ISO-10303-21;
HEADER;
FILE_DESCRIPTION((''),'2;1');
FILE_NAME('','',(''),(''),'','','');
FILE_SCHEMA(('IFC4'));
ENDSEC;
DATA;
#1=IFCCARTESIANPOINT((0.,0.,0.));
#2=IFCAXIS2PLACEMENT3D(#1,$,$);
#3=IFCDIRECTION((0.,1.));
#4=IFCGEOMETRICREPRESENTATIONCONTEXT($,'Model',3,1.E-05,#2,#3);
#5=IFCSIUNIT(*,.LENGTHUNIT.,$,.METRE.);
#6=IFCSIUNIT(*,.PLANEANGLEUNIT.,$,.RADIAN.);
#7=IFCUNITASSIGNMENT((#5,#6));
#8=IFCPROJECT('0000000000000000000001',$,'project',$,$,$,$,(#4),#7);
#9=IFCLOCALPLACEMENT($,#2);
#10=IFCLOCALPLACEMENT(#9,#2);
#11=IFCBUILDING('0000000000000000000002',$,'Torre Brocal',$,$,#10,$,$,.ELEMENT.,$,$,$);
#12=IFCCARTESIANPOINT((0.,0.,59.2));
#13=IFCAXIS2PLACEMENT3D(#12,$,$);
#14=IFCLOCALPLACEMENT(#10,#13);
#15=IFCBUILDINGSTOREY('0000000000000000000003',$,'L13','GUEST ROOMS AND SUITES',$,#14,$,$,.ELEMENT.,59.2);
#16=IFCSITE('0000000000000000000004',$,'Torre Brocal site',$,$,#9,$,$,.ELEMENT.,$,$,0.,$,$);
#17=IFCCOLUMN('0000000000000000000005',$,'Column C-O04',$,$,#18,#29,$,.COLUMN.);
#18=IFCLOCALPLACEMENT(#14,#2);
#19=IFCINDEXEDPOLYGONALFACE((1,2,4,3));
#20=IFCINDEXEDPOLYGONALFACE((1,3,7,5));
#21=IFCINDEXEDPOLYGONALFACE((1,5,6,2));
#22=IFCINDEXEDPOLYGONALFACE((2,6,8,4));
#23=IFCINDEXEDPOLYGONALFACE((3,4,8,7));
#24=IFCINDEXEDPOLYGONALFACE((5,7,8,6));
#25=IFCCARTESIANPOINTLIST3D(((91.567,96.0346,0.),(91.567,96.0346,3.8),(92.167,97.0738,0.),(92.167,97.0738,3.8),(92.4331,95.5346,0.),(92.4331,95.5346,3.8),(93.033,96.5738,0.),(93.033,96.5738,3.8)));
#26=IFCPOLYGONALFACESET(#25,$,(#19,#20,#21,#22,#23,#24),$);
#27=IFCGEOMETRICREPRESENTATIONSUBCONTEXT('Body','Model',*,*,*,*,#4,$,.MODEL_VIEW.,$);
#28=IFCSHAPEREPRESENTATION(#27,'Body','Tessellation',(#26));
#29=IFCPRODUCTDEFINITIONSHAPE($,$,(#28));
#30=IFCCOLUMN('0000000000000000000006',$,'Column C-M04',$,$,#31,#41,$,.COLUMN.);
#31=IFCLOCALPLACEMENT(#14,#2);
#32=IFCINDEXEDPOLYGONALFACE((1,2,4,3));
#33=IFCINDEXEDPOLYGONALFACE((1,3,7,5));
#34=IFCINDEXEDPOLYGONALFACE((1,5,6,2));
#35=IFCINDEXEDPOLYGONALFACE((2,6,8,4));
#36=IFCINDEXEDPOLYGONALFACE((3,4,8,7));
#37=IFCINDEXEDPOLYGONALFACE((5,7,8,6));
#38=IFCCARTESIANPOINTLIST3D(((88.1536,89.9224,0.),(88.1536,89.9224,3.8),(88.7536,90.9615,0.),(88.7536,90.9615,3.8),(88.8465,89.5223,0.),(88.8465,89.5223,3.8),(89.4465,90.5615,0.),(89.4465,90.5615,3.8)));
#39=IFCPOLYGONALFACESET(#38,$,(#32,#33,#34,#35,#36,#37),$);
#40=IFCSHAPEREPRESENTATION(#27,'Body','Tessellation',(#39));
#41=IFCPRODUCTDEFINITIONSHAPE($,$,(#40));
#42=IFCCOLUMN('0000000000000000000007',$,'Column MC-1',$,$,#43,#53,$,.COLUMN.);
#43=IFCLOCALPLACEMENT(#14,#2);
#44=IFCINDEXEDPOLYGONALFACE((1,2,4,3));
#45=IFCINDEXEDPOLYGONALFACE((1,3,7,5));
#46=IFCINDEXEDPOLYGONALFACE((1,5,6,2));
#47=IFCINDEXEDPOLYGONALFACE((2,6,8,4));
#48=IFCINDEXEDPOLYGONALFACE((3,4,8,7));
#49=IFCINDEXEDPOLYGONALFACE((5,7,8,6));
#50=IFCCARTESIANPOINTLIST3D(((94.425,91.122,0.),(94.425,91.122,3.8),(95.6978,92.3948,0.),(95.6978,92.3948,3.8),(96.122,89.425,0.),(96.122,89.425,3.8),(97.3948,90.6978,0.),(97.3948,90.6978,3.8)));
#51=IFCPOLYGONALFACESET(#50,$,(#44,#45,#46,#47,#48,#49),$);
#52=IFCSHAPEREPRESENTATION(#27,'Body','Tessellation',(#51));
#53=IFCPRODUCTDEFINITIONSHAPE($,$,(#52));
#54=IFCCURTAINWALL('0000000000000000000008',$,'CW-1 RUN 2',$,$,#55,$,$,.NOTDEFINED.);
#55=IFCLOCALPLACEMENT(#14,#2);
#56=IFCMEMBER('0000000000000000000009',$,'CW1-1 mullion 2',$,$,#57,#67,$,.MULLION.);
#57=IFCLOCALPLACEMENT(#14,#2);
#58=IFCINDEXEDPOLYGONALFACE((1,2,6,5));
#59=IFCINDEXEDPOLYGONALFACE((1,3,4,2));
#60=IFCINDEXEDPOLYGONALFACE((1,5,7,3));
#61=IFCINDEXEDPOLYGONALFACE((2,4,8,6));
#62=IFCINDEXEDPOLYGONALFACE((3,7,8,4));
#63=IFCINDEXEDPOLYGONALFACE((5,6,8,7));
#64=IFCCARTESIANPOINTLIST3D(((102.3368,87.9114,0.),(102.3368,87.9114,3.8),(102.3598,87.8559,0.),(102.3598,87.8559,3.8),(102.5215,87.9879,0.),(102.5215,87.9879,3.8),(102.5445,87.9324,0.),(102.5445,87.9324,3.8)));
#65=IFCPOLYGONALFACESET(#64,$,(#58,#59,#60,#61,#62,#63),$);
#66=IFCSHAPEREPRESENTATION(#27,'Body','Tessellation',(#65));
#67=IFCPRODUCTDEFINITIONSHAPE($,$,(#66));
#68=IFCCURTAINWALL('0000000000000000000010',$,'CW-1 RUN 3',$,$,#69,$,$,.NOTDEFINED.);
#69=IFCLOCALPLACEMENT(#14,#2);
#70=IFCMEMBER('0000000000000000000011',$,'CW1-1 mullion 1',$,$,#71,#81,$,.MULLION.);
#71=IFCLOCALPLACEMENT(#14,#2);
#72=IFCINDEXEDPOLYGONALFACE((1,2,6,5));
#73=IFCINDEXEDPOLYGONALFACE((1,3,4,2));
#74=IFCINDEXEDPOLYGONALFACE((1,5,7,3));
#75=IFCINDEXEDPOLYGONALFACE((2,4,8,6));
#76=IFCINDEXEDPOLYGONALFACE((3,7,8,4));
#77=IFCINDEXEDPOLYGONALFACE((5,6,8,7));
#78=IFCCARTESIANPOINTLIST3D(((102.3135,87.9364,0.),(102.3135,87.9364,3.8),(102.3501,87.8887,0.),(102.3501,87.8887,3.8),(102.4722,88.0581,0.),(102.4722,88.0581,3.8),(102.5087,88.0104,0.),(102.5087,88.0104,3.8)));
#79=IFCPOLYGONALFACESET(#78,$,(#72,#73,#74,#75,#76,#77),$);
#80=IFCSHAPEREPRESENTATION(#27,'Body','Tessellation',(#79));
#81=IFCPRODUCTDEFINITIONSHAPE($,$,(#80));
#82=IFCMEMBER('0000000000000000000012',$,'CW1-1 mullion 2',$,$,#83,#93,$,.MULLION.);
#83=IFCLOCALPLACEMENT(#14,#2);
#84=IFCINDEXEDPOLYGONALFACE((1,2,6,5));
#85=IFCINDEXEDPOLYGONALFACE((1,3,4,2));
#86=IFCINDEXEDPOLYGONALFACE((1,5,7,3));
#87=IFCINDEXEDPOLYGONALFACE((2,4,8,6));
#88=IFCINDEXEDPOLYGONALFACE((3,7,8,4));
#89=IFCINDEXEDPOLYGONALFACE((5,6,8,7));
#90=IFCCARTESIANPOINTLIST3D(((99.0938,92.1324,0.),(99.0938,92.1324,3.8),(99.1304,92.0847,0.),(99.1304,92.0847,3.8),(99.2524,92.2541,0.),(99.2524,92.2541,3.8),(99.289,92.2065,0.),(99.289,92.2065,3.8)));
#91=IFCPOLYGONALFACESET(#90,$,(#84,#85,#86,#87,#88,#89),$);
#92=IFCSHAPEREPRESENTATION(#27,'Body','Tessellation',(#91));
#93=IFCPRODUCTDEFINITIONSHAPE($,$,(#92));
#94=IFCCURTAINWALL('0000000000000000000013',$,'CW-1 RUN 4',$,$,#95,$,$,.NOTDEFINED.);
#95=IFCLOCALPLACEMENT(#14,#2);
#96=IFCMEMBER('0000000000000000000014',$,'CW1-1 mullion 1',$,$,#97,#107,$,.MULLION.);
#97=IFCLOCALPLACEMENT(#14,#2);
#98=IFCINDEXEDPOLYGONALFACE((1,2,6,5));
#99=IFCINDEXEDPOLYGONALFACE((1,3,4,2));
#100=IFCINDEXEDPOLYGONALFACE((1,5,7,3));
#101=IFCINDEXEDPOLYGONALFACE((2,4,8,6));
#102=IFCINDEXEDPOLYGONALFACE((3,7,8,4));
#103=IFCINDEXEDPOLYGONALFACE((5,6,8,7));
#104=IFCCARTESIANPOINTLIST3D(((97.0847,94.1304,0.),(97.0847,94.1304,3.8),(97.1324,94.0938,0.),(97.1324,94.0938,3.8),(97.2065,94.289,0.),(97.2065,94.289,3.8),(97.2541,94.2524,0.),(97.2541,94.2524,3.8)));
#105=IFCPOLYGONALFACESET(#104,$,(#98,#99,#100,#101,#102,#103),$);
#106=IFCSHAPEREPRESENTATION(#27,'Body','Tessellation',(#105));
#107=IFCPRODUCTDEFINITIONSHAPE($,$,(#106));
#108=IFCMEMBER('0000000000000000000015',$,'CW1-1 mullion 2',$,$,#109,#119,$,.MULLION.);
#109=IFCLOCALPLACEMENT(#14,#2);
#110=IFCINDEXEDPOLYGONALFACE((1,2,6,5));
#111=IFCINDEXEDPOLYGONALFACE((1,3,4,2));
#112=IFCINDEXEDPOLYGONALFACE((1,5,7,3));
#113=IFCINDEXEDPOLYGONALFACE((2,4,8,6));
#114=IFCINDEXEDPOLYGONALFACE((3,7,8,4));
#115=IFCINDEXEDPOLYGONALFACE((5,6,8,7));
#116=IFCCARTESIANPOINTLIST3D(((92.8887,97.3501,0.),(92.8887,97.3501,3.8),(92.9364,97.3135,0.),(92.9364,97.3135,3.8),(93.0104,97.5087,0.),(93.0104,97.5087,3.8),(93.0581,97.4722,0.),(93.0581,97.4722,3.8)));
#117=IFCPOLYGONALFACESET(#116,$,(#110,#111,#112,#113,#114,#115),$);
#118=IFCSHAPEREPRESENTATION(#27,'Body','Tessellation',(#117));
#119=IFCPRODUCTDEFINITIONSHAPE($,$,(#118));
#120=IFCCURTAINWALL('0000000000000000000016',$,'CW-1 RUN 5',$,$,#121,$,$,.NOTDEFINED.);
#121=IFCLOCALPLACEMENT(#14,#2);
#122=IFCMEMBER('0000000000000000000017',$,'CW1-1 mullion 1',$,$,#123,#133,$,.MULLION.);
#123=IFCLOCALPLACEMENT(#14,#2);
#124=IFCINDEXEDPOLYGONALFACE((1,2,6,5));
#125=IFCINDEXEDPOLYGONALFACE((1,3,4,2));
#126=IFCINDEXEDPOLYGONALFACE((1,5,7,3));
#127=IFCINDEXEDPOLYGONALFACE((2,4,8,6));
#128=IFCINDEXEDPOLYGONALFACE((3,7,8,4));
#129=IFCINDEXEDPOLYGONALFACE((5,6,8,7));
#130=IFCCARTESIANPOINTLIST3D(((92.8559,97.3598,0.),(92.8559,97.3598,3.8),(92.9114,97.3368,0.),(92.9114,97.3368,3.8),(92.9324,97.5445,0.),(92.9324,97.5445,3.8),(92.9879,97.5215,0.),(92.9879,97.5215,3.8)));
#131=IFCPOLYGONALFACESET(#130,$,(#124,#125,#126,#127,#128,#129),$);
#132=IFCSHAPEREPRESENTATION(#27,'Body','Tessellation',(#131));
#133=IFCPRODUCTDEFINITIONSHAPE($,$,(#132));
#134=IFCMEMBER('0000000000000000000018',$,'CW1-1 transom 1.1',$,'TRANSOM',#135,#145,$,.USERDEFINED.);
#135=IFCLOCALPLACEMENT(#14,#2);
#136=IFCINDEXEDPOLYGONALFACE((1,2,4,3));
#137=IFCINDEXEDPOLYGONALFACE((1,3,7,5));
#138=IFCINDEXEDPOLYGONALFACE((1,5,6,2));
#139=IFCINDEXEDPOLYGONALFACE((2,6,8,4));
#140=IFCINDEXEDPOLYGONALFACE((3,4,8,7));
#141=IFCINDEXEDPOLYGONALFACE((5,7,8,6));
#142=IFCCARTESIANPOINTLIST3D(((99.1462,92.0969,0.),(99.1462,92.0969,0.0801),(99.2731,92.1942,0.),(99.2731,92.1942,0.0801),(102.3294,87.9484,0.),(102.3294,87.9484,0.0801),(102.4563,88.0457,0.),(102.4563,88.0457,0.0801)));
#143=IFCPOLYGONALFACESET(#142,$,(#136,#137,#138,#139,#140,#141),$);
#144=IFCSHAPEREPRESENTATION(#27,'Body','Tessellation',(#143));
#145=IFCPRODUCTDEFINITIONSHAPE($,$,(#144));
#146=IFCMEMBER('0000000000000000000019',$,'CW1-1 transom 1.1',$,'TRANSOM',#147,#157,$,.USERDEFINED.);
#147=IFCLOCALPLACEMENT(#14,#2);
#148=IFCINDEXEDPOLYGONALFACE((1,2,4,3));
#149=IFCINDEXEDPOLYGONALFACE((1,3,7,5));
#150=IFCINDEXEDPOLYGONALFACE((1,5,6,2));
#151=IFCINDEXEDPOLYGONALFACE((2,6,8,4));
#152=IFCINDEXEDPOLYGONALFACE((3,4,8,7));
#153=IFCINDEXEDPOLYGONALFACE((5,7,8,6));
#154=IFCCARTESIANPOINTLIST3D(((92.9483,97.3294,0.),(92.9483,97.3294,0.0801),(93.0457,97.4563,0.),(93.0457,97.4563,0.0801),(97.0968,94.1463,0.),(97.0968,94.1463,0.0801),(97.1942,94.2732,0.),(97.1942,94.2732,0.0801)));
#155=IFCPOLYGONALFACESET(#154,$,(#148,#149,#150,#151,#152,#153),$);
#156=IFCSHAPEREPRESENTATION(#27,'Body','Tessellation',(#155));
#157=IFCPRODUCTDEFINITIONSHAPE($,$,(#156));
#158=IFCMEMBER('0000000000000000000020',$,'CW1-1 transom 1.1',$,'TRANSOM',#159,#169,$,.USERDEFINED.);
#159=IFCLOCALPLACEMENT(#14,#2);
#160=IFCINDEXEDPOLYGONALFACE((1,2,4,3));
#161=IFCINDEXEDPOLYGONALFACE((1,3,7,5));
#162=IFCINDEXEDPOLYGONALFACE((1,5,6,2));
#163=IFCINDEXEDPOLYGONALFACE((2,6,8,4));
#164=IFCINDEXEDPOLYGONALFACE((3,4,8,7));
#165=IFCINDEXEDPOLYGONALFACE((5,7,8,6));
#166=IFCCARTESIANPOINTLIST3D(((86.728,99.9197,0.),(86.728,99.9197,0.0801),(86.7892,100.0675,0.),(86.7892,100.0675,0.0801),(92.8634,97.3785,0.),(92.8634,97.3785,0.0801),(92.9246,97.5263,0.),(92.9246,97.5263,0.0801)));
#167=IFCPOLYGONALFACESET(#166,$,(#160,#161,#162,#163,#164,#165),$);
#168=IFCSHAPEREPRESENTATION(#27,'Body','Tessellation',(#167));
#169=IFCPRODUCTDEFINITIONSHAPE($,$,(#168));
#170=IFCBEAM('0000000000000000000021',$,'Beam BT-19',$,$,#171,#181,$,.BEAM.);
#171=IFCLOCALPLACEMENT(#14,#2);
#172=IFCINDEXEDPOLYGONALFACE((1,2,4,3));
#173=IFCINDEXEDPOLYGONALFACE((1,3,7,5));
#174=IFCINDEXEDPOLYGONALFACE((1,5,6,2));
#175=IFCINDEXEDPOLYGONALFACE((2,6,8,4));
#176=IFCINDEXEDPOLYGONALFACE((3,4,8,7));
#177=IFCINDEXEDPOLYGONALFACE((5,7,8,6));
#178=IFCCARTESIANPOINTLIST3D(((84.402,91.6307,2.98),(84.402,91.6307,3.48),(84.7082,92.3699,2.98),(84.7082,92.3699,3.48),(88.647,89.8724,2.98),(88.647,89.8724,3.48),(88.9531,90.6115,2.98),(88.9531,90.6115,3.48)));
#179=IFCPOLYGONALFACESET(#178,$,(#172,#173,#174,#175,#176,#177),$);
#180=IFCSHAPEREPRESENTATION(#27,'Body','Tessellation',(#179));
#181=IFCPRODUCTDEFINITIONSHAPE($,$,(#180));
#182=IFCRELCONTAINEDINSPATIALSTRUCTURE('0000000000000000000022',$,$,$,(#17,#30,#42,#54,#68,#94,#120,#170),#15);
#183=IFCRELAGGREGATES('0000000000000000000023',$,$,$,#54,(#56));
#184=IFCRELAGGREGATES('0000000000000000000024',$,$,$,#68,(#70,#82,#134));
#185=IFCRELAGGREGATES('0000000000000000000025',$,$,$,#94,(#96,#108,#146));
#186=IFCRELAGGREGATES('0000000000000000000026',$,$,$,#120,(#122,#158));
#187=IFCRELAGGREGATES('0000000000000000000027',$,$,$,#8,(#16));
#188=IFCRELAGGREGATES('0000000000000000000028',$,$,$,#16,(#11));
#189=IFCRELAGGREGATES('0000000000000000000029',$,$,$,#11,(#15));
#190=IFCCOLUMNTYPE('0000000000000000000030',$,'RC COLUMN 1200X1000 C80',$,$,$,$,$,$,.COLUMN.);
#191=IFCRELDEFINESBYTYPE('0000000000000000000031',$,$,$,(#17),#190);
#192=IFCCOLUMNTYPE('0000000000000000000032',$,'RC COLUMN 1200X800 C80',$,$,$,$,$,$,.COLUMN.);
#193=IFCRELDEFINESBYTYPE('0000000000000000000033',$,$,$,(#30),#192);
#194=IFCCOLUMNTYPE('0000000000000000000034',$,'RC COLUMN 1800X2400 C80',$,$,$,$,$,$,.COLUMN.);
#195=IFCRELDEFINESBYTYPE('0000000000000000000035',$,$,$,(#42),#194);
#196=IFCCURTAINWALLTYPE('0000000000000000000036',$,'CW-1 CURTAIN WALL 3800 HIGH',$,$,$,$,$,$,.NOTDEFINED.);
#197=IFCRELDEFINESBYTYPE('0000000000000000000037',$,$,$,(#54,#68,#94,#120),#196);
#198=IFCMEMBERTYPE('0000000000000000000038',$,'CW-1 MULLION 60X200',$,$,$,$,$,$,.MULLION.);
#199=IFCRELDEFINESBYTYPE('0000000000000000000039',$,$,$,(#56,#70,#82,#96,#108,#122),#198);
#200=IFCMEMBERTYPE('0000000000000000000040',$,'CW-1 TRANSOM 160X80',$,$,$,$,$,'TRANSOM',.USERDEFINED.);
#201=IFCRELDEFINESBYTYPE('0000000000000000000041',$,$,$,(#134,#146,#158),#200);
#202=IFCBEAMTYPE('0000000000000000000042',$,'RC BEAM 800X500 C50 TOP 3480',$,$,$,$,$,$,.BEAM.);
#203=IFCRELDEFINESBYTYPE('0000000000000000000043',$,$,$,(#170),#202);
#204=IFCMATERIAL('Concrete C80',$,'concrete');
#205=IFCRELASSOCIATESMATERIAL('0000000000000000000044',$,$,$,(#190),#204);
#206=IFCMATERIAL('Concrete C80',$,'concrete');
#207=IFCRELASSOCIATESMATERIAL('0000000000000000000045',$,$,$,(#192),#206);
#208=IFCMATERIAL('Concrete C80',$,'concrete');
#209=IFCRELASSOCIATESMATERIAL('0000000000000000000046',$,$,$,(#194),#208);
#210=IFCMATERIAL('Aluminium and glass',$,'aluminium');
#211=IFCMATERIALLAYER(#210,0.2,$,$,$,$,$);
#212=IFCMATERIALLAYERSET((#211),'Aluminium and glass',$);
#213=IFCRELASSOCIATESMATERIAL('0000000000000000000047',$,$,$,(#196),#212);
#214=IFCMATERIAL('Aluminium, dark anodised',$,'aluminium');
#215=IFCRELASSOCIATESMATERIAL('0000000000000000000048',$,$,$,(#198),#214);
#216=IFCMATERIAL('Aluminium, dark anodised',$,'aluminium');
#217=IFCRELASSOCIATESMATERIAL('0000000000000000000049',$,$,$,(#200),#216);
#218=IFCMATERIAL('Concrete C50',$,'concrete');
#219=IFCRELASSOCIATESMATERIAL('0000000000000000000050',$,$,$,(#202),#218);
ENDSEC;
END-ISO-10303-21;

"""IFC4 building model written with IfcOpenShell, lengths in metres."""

from ifc_helpers import new_model, si_unit, direction, frame, origin, origin_2d, place, context, subcontext, project, spatial, rectangle, extrude, material, layer, layer_set, material_profile, profile_set, type_object, element, aggregate, save


model = new_model("IFC4")

# Units and contexts
model_context = context("Model", 3, precision=1e-05, world=origin(), true_north=direction((0.0, 1.0)))
body_context = subcontext(model_context, "Body", "Model", "MODEL_VIEW")
ifc_project = project(units=[si_unit("LENGTHUNIT", "METRE"), si_unit("PLANEANGLEUNIT", "RADIAN")], contexts=[model_context])

# Site, building, storey
site_placement = place(None, origin())
site = spatial("IfcSite", under=ifc_project, at=site_placement, Name="Torre Brocal site", CompositionType="ELEMENT", RefElevation=0.0)
building_placement = place(site_placement, origin())
building = spatial("IfcBuilding", under=site, at=building_placement, Name="Torre Brocal", CompositionType="ELEMENT")
storey_placement = place(building_placement, frame((0.0, 0.0, 59.2)))
storey = spatial("IfcBuildingStorey", under=building, at=storey_placement, Name="L13", Description="GUEST ROOMS AND SUITES", CompositionType="ELEMENT", Elevation=59.2)

# Columns
ifc_material_1 = material(Name="Concrete C80", Category="concrete")
ifc_material_profile_1 = material_profile(ifc_material_1, rectangle(XDim=1.2, YDim=1.0, at=origin_2d()), Name="RC 1200X1000")
ifc_profile_set_1 = profile_set([ifc_material_profile_1], Name="Concrete C80")
column_type_1 = type_object("IfcColumnType", Name="RC COLUMN 1200X1000 C80", PredefinedType="COLUMN", material=ifc_profile_set_1)
column_1_placement = place(storey_placement, frame((92.3, 96.3042, 0.0), z_axis=(0.0, 0.0, 1.0), x_axis=(0.5, 0.866025, 0.0)))
element("IfcColumn", 1, at=column_1_placement, inside=storey, type_object=column_type_1, Name="Column C-O04", PredefinedType="COLUMN", context=body_context, shape_type="SweptSolid", body=[
    extrude(rectangle(XDim=1.2, YDim=1.0, at=origin_2d()), origin(), (0.0, 0.0, 1.0), 3.8),
])
ifc_material_2 = material(Name="Concrete C80", Category="concrete")
ifc_material_profile_2 = material_profile(ifc_material_2, rectangle(XDim=1.2, YDim=0.8, at=origin_2d()), Name="RC 1200X800")
ifc_profile_set_2 = profile_set([ifc_material_profile_2], Name="Concrete C80")
column_type_2 = type_object("IfcColumnType", Name="RC COLUMN 1200X800 C80", PredefinedType="COLUMN", material=ifc_profile_set_2)
column_2_placement = place(storey_placement, frame((88.8, 90.2419, 0.0), z_axis=(0.0, 0.0, 1.0), x_axis=(0.5, 0.866025, 0.0)))
element("IfcColumn", 2, at=column_2_placement, inside=storey, type_object=column_type_2, Name="Column C-M04", PredefinedType="COLUMN", context=body_context, shape_type="SweptSolid", body=[
    extrude(rectangle(XDim=1.2, YDim=0.8, at=origin_2d()), origin(), (0.0, 0.0, 1.0), 3.8),
])
ifc_material_3 = material(Name="Concrete C80", Category="concrete")
ifc_material_profile_3 = material_profile(ifc_material_3, rectangle(XDim=1.8, YDim=2.3999, at=origin_2d()), Name="RC 1800X2400")
ifc_profile_set_3 = profile_set([ifc_material_profile_3], Name="Concrete C80")
column_type_3 = type_object("IfcColumnType", Name="RC COLUMN 1800X2400 C80", PredefinedType="COLUMN", material=ifc_profile_set_3)
column_3_placement = place(storey_placement, frame((95.9099, 90.9099, 0.0), z_axis=(0.0, 0.0, 1.0), x_axis=(0.707107, 0.707107, 0.0)))
element("IfcColumn", 3, at=column_3_placement, inside=storey, type_object=column_type_3, Name="Column MC-1", PredefinedType="COLUMN", context=body_context, shape_type="SweptSolid", body=[
    extrude(rectangle(XDim=1.8, YDim=2.3999, at=origin_2d()), origin(), (0.0, 0.0, 1.0), 3.8),
])

# Curtain wall, member
ifc_material_4 = material(Name="Aluminium and glass", Category="aluminium")
ifc_layer_1 = layer(ifc_material_4, 0.2)
ifc_layer_set_1 = layer_set([ifc_layer_1], Name="Aluminium and glass")
curtain_wall_type = type_object("IfcCurtainWallType", Name="CW-1 CURTAIN WALL 3800 HIGH", PredefinedType="NOTDEFINED", material=ifc_layer_set_1)
curtain_wall_1_placement = place(storey_placement, origin())
curtain_wall_1 = element("IfcCurtainWall", 4, at=curtain_wall_1_placement, inside=storey, type_object=curtain_wall_type, Name="CW-1 RUN 2", PredefinedType="NOTDEFINED")
ifc_material_5 = material(Name="Aluminium, dark anodised", Category="aluminium")
ifc_material_profile_4 = material_profile(ifc_material_5, rectangle(XDim=0.2, YDim=0.0601, at=origin_2d()), Name="CW-1 MULLION 60X200")
ifc_profile_set_4 = profile_set([ifc_material_profile_4], Name="Aluminium, dark anodised")
member_type_1 = type_object("IfcMemberType", Name="CW-1 MULLION 60X200", PredefinedType="MULLION", material=ifc_profile_set_4)
member_1_placement = place(storey_placement, frame((102.4407, 87.9219, 0.0), z_axis=(0.0, 0.0, 1.0), x_axis=(-0.92388, -0.382683, 0.0)))
member_1 = element("IfcMember", 5, at=member_1_placement, type_object=member_type_1, Name="CW1-1 mullion 2", PredefinedType="MULLION", context=body_context, shape_type="SweptSolid", body=[
    extrude(rectangle(XDim=0.2, YDim=0.0601, at=origin_2d()), origin(), (0.0, 0.0, 1.0), 3.8),
])
aggregate(curtain_wall_1, [member_1])

# Curtain walls, members
curtain_wall_2_placement = place(storey_placement, origin())
curtain_wall_2 = element("IfcCurtainWall", 6, at=curtain_wall_2_placement, inside=storey, type_object=curtain_wall_type, Name="CW-1 RUN 3", PredefinedType="NOTDEFINED")
member_2_placement = place(storey_placement, frame((102.4111, 87.9734, 0.0), z_axis=(0.0, 0.0, 1.0), x_axis=(-0.793353, -0.608761, 0.0)))
member_2 = element("IfcMember", 7, at=member_2_placement, type_object=member_type_1, Name="CW1-1 mullion 1", PredefinedType="MULLION", context=body_context, shape_type="SweptSolid", body=[
    extrude(rectangle(XDim=0.2, YDim=0.0601, at=origin_2d()), origin(), (0.0, 0.0, 1.0), 3.8),
])
member_3_placement = place(storey_placement, frame((99.1914, 92.1694, 0.0), z_axis=(0.0, 0.0, 1.0), x_axis=(-0.793353, -0.608761, 0.0)))
member_3 = element("IfcMember", 8, at=member_3_placement, type_object=member_type_1, Name="CW1-1 mullion 2", PredefinedType="MULLION", context=body_context, shape_type="SweptSolid", body=[
    extrude(rectangle(XDim=0.2, YDim=0.0601, at=origin_2d()), origin(), (0.0, 0.0, 1.0), 3.8),
])
curtain_wall_3_placement = place(storey_placement, origin())
curtain_wall_3 = element("IfcCurtainWall", 9, at=curtain_wall_3_placement, inside=storey, type_object=curtain_wall_type, Name="CW-1 RUN 4", PredefinedType="NOTDEFINED")
member_4_placement = place(storey_placement, frame((97.1694, 94.1914, 0.0), z_axis=(0.0, 0.0, 1.0), x_axis=(-0.608761, -0.793353, 0.0)))
member_4 = element("IfcMember", 10, at=member_4_placement, type_object=member_type_1, Name="CW1-1 mullion 1", PredefinedType="MULLION", context=body_context, shape_type="SweptSolid", body=[
    extrude(rectangle(XDim=0.2, YDim=0.0601, at=origin_2d()), origin(), (0.0, 0.0, 1.0), 3.8),
])
member_5_placement = place(storey_placement, frame((92.9734, 97.4111, 0.0), z_axis=(0.0, 0.0, 1.0), x_axis=(-0.608761, -0.793353, 0.0)))
member_5 = element("IfcMember", 11, at=member_5_placement, type_object=member_type_1, Name="CW1-1 mullion 2", PredefinedType="MULLION", context=body_context, shape_type="SweptSolid", body=[
    extrude(rectangle(XDim=0.2, YDim=0.0601, at=origin_2d()), origin(), (0.0, 0.0, 1.0), 3.8),
])

# Curtain wall, member
curtain_wall_4_placement = place(storey_placement, origin())
curtain_wall_4 = element("IfcCurtainWall", 12, at=curtain_wall_4_placement, inside=storey, type_object=curtain_wall_type, Name="CW-1 RUN 5", PredefinedType="NOTDEFINED")
member_6_placement = place(storey_placement, frame((92.9219, 97.4407, 0.0), z_axis=(0.0, 0.0, 1.0), x_axis=(-0.382683, -0.92388, 0.0)))
member_6 = element("IfcMember", 13, at=member_6_placement, type_object=member_type_1, Name="CW1-1 mullion 1", PredefinedType="MULLION", context=body_context, shape_type="SweptSolid", body=[
    extrude(rectangle(XDim=0.2, YDim=0.0601, at=origin_2d()), origin(), (0.0, 0.0, 1.0), 3.8),
])

# Members
ifc_material_6 = material(Name="Aluminium, dark anodised", Category="aluminium")
ifc_material_profile_5 = material_profile(ifc_material_6, rectangle(XDim=0.1599, YDim=0.0801, at=origin_2d()), Name="CW-1 TRANSOM 160X80")
ifc_profile_set_5 = profile_set([ifc_material_profile_5], Name="Aluminium, dark anodised")
member_type_2 = type_object("IfcMemberType", Name="CW-1 TRANSOM 160X80", ElementType="TRANSOM", PredefinedType="USERDEFINED", material=ifc_profile_set_5)
member_7_placement = place(storey_placement, frame((102.3928, 87.9971, 0.04), z_axis=(-0.608749, 0.793363, 0.0), x_axis=(-0.793363, -0.608749, 0.0)))
member_7 = element("IfcMember", 14, at=member_7_placement, type_object=member_type_2, Name="CW1-1 transom 1.1", ObjectType="TRANSOM", PredefinedType="USERDEFINED", context=body_context, shape_type="SweptSolid", body=[
    extrude(rectangle(XDim=0.1599, YDim=0.0801, at=origin_2d()), origin(), (0.0, 0.0, 1.0), 5.229),
])
member_8_placement = place(storey_placement, frame((97.1455, 94.2097, 0.04), z_axis=(-0.793363, 0.608749, 0.0), x_axis=(-0.608749, -0.793363, 0.0)))
member_8 = element("IfcMember", 15, at=member_8_placement, type_object=member_type_2, Name="CW1-1 transom 1.1", ObjectType="TRANSOM", PredefinedType="USERDEFINED", context=body_context, shape_type="SweptSolid", body=[
    extrude(rectangle(XDim=0.1599, YDim=0.0801, at=origin_2d()), origin(), (0.0, 0.0, 1.0), 5.229),
])
member_9_placement = place(storey_placement, frame((92.894, 97.4524, 0.04), z_axis=(-0.923887, 0.382665, 0.0), x_axis=(-0.382665, -0.923887, 0.0)))
member_9 = element("IfcMember", 16, at=member_9_placement, type_object=member_type_2, Name="CW1-1 transom 1.1", ObjectType="TRANSOM", PredefinedType="USERDEFINED", context=body_context, shape_type="SweptSolid", body=[
    extrude(rectangle(XDim=0.1599, YDim=0.0801, at=origin_2d()), origin(), (0.0, 0.0, 1.0), 6.6409),
])

# Beam
ifc_material_7 = material(Name="Concrete C50", Category="concrete")
ifc_material_profile_6 = material_profile(ifc_material_7, rectangle(XDim=0.8, YDim=0.5, at=origin_2d()), Name="RC 800X500")
ifc_profile_set_6 = profile_set([ifc_material_profile_6], Name="Concrete C50")
beam_type_1 = type_object("IfcBeamType", Name="RC BEAM 800X500 C50 TOP 3480", PredefinedType="BEAM", material=ifc_profile_set_6)
beam_1_placement = place(storey_placement, frame((88.8, 90.2419, 3.23), z_axis=(-0.923878, 0.382687, 0.0), x_axis=(-0.382687, -0.923878, 0.0)))
element("IfcBeam", 17, at=beam_1_placement, inside=storey, type_object=beam_type_1, Name="Beam BT-19", PredefinedType="BEAM", context=body_context, shape_type="SweptSolid", body=[
    extrude(rectangle(XDim=0.8, YDim=0.5, at=origin_2d()), origin(), (0.0, 0.0, 1.0), 4.5947),
])

aggregate(curtain_wall_2, [member_2, member_3, member_7])
aggregate(curtain_wall_3, [member_4, member_5, member_8])
aggregate(curtain_wall_4, [member_6, member_9])

save(model, "model.ifc")
